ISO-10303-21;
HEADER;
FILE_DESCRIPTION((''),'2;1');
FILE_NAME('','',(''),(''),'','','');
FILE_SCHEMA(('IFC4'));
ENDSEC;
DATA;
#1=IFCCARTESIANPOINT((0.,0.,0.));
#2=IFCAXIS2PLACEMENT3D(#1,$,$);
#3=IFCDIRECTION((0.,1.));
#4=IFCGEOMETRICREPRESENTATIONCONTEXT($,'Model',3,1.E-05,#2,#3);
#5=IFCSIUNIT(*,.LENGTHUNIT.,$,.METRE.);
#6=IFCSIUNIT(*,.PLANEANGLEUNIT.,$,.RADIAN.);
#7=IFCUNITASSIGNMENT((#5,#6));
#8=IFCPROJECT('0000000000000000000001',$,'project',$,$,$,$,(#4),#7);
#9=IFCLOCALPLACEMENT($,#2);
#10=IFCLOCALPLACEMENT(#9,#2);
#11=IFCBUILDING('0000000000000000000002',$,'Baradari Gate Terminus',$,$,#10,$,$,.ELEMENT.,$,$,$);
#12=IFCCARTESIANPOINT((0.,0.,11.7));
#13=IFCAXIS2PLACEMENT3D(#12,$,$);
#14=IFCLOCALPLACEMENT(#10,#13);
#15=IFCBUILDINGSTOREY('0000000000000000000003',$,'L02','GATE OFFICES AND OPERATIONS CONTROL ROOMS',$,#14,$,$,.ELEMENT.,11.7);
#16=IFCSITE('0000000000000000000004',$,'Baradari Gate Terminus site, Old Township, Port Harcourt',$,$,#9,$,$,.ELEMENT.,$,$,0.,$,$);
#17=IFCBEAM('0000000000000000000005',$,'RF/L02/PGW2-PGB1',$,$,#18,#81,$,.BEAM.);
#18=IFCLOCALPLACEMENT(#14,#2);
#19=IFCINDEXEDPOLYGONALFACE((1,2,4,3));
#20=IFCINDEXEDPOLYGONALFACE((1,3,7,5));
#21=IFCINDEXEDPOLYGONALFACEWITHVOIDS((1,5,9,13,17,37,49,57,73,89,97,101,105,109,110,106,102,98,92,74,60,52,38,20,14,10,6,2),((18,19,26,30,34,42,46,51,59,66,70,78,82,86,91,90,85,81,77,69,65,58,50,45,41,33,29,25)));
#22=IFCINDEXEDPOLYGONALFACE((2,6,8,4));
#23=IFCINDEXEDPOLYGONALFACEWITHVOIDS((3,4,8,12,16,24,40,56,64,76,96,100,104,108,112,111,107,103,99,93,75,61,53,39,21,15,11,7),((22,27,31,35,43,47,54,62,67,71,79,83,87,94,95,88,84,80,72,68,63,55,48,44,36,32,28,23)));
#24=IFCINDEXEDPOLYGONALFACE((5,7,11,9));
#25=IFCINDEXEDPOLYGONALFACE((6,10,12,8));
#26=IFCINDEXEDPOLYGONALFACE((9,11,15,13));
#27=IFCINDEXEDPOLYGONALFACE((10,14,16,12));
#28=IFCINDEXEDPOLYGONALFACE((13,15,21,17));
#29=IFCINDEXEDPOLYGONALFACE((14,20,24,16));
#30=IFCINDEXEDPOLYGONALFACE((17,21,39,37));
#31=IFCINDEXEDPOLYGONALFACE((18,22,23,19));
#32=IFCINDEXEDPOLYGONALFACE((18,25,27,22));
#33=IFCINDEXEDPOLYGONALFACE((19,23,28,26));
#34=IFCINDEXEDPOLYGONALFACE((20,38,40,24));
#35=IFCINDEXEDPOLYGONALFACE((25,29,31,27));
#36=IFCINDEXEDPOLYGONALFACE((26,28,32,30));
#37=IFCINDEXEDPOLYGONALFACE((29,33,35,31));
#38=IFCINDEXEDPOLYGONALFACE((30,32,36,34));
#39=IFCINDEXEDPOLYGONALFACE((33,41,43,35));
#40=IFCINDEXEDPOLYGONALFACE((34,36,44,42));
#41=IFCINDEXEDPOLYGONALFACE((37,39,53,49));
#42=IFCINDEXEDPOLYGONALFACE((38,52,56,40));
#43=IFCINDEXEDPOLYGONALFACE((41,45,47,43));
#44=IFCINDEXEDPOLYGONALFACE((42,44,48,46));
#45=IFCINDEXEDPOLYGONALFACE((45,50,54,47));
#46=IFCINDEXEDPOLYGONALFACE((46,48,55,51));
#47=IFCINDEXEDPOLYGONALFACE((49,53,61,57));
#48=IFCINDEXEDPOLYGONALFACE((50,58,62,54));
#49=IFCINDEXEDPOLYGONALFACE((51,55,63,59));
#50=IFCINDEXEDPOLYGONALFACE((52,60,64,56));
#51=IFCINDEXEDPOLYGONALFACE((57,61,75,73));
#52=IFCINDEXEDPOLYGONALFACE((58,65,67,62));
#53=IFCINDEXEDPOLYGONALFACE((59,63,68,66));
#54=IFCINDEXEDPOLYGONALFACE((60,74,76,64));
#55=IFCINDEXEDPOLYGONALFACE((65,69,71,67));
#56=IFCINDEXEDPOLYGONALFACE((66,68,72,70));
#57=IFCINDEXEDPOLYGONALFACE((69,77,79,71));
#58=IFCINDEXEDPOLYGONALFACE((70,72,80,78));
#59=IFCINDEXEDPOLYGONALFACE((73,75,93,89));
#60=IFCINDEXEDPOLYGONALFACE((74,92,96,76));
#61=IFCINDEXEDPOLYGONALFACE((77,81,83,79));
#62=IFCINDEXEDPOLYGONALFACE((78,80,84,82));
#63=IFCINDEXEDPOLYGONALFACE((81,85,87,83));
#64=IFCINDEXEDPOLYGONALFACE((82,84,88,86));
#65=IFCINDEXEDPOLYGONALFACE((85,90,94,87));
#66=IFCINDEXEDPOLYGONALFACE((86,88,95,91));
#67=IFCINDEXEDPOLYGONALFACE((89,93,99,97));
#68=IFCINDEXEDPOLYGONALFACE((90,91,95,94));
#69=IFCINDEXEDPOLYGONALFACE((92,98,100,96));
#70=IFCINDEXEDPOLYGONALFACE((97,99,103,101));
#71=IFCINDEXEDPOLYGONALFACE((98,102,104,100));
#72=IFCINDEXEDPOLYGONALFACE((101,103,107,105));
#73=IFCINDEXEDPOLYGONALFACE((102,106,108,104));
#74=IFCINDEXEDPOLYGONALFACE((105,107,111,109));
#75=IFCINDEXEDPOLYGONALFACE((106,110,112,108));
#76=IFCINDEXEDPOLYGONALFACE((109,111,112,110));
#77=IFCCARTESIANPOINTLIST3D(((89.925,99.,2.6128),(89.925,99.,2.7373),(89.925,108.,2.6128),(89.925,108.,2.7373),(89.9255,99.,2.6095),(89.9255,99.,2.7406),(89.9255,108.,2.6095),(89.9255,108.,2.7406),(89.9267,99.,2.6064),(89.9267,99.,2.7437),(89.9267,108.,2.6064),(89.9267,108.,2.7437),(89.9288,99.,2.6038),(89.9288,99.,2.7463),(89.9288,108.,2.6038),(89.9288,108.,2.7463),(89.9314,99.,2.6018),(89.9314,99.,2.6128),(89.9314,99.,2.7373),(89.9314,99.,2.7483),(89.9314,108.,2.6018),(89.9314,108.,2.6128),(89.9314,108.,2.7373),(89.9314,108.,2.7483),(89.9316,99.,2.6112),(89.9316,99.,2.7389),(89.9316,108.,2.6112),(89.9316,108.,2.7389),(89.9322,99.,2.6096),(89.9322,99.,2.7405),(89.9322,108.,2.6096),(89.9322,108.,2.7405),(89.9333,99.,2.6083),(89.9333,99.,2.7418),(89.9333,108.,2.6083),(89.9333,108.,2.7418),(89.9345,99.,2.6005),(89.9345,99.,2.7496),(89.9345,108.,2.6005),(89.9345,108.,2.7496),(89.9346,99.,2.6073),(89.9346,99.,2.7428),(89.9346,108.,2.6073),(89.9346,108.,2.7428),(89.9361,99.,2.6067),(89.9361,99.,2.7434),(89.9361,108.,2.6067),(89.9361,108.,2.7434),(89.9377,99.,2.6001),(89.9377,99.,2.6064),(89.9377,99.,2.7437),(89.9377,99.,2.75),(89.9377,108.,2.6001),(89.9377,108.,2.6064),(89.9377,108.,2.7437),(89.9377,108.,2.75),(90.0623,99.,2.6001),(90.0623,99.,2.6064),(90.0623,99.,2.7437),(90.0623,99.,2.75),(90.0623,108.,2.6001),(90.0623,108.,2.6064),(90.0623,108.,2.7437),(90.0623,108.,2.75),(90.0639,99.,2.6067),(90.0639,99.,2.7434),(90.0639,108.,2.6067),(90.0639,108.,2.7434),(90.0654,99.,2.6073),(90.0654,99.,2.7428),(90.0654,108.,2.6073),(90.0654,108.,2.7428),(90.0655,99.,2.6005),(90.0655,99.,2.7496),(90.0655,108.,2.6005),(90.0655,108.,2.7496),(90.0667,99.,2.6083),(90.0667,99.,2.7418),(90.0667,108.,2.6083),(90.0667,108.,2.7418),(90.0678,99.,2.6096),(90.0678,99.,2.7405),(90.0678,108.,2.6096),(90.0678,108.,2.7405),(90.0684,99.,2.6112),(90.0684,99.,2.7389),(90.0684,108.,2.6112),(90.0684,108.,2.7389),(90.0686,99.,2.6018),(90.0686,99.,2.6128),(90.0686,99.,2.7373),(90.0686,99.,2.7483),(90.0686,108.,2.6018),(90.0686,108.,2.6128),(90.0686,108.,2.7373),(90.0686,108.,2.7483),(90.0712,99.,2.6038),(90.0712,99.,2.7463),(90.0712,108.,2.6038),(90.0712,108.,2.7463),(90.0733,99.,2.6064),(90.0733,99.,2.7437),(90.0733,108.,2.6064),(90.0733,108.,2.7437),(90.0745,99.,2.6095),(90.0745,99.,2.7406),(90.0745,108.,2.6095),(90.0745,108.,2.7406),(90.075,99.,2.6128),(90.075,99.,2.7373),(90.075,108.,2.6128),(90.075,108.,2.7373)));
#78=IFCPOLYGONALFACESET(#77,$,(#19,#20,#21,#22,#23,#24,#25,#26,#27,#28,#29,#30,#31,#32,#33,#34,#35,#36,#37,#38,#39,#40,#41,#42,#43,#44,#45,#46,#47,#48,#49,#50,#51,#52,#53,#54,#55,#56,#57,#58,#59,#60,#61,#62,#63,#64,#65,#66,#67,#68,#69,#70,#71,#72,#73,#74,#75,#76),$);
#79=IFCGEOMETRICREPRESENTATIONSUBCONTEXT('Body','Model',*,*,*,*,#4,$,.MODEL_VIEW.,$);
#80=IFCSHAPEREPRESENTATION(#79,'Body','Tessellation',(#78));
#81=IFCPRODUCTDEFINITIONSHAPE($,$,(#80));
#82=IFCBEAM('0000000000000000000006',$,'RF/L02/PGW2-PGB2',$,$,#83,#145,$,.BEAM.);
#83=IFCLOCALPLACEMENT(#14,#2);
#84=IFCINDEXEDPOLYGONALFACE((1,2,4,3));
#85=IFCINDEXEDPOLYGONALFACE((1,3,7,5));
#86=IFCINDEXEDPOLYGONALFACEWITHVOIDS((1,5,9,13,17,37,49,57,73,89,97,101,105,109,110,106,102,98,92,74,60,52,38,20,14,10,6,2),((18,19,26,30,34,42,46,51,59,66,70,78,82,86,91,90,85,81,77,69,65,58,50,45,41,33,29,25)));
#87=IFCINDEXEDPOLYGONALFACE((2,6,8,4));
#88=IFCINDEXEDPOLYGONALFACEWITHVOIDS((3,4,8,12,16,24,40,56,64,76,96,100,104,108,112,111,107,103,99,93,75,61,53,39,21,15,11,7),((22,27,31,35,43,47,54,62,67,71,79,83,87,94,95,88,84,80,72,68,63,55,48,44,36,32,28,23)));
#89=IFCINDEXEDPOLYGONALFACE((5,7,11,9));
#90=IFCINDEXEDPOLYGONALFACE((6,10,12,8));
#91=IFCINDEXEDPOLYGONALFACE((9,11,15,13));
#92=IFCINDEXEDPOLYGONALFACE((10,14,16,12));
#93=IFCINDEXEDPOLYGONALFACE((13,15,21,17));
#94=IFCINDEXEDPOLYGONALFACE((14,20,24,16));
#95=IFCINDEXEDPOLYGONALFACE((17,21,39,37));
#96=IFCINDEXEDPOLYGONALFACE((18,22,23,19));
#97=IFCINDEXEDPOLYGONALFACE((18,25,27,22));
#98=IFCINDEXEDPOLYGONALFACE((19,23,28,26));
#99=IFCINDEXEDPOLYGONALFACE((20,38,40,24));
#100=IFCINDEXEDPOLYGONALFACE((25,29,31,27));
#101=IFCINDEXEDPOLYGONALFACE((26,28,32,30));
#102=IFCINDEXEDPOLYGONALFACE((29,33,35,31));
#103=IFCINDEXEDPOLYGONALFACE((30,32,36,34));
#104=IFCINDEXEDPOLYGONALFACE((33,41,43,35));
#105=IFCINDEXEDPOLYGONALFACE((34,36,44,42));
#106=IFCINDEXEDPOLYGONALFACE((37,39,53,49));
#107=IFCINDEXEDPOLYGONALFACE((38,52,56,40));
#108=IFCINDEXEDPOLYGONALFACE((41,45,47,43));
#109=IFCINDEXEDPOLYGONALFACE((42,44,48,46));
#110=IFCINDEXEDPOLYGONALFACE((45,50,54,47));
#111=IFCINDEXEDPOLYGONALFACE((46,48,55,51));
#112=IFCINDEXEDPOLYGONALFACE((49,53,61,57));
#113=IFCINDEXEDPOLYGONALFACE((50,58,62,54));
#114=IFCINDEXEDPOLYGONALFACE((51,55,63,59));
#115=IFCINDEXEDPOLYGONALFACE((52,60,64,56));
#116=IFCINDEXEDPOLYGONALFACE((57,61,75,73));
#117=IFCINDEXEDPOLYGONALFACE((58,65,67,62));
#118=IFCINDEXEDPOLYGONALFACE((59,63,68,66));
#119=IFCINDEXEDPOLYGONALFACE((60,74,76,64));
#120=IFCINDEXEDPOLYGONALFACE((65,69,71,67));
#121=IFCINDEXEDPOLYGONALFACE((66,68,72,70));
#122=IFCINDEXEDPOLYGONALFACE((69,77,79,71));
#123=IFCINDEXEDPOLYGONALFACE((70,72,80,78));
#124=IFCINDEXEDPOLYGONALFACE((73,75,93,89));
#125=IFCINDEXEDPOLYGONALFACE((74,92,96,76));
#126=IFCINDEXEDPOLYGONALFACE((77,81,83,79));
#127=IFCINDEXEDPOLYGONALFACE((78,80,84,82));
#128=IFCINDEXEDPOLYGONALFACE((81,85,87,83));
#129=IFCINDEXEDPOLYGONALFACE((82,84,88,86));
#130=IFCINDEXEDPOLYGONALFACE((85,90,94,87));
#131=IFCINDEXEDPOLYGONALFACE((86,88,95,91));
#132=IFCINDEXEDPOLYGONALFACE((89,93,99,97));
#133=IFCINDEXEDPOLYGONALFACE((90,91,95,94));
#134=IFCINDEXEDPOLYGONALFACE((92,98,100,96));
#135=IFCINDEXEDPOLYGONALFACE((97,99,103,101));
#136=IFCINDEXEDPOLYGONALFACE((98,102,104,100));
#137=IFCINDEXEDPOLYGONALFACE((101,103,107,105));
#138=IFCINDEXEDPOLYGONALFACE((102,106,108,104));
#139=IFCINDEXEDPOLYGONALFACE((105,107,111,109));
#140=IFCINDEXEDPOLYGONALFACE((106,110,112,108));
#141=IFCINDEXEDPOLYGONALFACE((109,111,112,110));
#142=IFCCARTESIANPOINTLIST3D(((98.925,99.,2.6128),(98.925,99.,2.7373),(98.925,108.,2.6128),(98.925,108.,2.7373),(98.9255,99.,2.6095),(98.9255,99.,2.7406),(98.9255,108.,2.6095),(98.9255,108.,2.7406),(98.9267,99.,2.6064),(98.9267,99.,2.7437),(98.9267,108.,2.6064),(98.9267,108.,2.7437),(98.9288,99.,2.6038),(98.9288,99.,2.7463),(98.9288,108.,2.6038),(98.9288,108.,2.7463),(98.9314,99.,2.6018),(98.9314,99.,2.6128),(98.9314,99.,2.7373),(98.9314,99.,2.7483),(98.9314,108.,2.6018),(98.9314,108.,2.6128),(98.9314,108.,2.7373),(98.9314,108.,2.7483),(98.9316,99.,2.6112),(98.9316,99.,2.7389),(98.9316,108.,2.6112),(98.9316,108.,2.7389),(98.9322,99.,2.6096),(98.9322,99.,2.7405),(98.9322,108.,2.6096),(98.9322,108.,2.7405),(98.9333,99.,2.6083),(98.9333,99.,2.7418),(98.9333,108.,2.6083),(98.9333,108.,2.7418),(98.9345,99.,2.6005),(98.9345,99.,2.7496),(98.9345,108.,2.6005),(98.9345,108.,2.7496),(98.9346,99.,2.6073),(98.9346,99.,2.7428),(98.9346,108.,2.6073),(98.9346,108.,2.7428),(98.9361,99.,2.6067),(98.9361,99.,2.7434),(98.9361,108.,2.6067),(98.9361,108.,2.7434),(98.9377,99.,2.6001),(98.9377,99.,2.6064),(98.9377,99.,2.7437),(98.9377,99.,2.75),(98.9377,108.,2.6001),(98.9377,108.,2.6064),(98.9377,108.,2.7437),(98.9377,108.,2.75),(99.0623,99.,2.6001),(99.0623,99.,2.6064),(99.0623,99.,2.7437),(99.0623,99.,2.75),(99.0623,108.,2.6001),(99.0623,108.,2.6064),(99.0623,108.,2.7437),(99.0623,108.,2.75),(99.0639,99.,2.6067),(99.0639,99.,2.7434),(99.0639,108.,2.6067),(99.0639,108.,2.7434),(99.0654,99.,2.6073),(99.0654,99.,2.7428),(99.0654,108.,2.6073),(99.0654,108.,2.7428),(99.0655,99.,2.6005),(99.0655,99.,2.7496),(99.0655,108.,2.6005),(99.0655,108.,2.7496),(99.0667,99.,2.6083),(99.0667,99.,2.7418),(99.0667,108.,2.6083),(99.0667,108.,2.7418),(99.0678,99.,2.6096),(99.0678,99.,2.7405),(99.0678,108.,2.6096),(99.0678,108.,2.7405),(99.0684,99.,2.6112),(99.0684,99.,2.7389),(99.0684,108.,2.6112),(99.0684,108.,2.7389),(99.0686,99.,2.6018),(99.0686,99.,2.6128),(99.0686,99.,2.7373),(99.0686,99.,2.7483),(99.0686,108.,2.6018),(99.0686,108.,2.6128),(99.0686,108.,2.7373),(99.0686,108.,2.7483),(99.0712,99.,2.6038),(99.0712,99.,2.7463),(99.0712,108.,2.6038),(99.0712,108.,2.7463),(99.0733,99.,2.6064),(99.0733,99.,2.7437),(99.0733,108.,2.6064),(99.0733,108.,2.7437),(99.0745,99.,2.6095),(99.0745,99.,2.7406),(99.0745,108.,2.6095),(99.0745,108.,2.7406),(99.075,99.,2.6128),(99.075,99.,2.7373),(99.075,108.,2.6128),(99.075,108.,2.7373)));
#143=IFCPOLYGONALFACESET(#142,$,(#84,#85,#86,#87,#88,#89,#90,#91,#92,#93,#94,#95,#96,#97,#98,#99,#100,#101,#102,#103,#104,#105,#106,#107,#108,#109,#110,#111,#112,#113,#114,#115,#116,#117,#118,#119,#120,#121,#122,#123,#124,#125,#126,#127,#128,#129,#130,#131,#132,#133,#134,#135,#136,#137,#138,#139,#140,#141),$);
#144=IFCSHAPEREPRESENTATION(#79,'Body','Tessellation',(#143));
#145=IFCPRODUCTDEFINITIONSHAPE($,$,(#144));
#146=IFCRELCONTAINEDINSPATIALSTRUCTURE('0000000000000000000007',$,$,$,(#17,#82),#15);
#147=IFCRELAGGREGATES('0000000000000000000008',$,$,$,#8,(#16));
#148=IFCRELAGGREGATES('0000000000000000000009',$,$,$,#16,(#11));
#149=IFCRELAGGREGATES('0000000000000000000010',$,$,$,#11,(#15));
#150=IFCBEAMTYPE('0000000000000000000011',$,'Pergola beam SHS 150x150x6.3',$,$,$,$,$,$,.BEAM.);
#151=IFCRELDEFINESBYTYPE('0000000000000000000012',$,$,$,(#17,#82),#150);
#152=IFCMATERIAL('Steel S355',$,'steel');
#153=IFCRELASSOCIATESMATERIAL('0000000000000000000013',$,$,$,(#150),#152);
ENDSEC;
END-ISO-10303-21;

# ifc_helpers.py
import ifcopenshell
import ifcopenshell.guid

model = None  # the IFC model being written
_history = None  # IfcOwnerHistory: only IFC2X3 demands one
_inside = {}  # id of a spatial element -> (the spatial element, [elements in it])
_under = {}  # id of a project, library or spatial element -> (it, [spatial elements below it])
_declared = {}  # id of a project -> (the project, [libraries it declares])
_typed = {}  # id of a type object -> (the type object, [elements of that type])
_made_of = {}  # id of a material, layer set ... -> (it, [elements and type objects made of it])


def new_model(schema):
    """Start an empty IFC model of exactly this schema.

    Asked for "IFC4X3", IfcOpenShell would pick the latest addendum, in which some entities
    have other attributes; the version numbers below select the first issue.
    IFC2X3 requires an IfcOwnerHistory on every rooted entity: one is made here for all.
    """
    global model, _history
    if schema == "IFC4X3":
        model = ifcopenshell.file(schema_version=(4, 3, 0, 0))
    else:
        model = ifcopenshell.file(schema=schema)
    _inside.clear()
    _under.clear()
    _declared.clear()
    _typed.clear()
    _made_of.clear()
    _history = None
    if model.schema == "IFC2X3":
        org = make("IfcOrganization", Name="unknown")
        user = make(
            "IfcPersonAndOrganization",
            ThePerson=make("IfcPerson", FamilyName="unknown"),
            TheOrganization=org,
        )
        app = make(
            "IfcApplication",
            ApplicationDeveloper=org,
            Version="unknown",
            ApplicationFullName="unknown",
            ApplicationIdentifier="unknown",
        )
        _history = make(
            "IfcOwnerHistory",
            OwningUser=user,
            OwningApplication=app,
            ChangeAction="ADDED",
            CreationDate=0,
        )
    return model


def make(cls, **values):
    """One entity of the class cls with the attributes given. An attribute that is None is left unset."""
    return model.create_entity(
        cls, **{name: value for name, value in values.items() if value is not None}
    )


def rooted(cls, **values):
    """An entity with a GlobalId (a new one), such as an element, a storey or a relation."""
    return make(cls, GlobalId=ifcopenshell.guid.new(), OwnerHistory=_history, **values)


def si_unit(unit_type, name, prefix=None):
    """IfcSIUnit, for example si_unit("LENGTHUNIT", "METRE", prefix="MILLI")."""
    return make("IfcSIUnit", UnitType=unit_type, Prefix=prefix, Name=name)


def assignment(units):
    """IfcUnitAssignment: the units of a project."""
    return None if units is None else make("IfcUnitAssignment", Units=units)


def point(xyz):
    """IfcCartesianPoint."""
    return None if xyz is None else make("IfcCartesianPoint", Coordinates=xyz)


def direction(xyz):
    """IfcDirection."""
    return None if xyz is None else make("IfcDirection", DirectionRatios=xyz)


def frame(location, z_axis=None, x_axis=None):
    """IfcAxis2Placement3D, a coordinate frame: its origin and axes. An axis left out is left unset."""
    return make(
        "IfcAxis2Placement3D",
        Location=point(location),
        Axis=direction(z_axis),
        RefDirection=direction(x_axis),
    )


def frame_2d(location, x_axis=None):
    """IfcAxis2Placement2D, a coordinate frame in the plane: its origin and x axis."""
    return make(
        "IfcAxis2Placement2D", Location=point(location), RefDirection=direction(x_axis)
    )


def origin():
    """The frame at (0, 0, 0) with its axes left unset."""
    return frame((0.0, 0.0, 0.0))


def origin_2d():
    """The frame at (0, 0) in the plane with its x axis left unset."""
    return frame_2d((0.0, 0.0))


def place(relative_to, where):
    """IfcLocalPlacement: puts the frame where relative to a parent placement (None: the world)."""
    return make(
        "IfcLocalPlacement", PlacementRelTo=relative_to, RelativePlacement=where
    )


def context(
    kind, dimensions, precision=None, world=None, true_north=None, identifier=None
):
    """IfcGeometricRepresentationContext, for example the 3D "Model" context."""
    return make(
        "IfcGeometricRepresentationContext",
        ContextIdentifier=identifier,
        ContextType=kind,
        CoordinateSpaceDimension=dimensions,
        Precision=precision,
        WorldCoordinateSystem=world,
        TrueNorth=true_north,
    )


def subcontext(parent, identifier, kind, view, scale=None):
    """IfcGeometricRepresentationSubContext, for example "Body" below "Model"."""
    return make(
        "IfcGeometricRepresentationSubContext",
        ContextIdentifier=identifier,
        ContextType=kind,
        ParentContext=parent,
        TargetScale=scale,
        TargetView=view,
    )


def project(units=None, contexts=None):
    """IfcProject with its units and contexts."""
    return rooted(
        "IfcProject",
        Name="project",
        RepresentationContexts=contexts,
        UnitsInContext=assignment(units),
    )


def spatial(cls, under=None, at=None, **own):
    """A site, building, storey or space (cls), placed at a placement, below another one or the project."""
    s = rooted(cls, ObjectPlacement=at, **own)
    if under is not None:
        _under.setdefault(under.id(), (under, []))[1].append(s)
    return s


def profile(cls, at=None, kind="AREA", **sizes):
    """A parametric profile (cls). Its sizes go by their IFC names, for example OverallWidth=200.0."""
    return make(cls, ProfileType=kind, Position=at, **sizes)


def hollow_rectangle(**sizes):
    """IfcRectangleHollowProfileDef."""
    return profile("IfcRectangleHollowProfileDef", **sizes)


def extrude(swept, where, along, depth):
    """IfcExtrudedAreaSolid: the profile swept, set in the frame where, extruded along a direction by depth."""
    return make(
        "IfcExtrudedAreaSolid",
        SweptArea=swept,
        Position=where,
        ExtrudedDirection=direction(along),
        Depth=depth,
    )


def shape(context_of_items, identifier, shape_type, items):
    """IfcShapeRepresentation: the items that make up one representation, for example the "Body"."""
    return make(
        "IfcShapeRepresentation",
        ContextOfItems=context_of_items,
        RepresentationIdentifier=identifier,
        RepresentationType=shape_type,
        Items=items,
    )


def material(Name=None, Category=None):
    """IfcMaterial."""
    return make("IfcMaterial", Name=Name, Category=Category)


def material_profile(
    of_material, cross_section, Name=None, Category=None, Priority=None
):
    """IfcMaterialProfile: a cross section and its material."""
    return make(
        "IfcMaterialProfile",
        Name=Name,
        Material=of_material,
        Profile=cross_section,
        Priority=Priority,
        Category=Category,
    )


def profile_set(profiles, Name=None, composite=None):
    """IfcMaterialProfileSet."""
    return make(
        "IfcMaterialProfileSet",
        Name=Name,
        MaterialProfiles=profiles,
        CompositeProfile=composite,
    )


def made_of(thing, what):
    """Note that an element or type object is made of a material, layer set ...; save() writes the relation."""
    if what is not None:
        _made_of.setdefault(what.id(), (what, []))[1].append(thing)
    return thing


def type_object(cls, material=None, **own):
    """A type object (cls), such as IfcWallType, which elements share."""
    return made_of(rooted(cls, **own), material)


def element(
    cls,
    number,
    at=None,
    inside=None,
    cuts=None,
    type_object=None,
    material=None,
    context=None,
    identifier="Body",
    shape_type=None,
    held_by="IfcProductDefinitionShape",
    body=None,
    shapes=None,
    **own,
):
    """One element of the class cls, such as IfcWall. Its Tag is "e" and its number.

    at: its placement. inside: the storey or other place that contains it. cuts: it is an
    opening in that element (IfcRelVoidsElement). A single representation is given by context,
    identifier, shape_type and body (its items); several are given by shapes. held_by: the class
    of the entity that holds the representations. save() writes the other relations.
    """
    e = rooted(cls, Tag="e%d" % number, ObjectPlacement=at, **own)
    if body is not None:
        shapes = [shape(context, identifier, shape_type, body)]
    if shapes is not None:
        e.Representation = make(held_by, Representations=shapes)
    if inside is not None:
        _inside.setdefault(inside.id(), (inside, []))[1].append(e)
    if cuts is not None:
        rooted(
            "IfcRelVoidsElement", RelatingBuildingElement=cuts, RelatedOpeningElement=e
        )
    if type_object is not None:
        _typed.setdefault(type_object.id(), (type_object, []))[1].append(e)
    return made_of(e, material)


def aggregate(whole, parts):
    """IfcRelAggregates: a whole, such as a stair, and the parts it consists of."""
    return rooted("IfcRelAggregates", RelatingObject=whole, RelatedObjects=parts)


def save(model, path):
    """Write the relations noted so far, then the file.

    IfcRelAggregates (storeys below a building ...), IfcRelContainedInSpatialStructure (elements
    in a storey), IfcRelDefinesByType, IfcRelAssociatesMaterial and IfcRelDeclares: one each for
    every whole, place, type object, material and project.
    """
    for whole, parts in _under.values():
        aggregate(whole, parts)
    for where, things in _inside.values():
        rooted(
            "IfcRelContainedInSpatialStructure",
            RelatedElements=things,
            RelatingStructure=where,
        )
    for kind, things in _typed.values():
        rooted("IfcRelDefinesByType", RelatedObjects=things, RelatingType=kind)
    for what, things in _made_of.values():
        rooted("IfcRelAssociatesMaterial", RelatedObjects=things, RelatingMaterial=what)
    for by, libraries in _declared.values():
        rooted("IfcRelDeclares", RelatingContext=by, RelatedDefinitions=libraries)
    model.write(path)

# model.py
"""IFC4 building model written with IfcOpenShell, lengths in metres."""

from ifc_helpers import new_model, si_unit, direction, frame, origin, origin_2d, place, context, subcontext, project, spatial, hollow_rectangle, extrude, material, material_profile, profile_set, type_object, element, save


model = new_model("IFC4")

# Units and contexts
model_context = context("Model", 3, precision=1e-05, world=origin(), true_north=direction((0.0, 1.0)))
body_context = subcontext(model_context, "Body", "Model", "MODEL_VIEW")
ifc_project = project(units=[si_unit("LENGTHUNIT", "METRE"), si_unit("PLANEANGLEUNIT", "RADIAN")], contexts=[model_context])

# Site, building, storey
site_placement = place(None, origin())
site = spatial("IfcSite", under=ifc_project, at=site_placement, Name="Baradari Gate Terminus site, Old Township, Port Harcourt", CompositionType="ELEMENT", RefElevation=0.0)
building_placement = place(site_placement, origin())
building = spatial("IfcBuilding", under=site, at=building_placement, Name="Baradari Gate Terminus", CompositionType="ELEMENT")
storey_placement = place(building_placement, frame((0.0, 0.0, 11.7)))
storey = spatial("IfcBuildingStorey", under=building, at=storey_placement, Name="L02", Description="GATE OFFICES AND OPERATIONS CONTROL ROOMS", CompositionType="ELEMENT", Elevation=11.7)

# Beams
ifc_material_1 = material(Name="Steel S355", Category="steel")
ifc_material_profile_1 = material_profile(ifc_material_1, hollow_rectangle(XDim=0.1499, YDim=0.1499, WallThickness=0.0063, InnerFilletRadius=0.0063, OuterFilletRadius=0.0127, at=origin_2d()), Name="SHS 150x150x6.3")
ifc_profile_set_1 = profile_set([ifc_material_profile_1], Name="Steel S355")
beam_type = type_object("IfcBeamType", Name="Pergola beam SHS 150x150x6.3", PredefinedType="BEAM", material=ifc_profile_set_1)
for number, where, z_axis, x_axis, name in (
    (1, (90.0, 99.0, 2.675), (0.0, 1.0, 0.0), (-1.0, 0.0, 0.0), "RF/L02/PGW2-PGB1"),
    (2, (99.0, 99.0, 2.675), (0.0, 1.0, 0.0), (-1.0, 0.0, 0.0), "RF/L02/PGW2-PGB2"),
):
    element("IfcBeam", number, at=place(storey_placement, frame(where, z_axis=z_axis, x_axis=x_axis)), inside=storey, type_object=beam_type, Name=name, PredefinedType="BEAM", context=body_context, shape_type="SweptSolid", body=[
        extrude(hollow_rectangle(XDim=0.1499, YDim=0.1499, WallThickness=0.0063, InnerFilletRadius=0.0063, OuterFilletRadius=0.0127, at=origin_2d()), origin(), (0.0, 0.0, 1.0), 9.0),
    ])

save(model, "model.ifc")
